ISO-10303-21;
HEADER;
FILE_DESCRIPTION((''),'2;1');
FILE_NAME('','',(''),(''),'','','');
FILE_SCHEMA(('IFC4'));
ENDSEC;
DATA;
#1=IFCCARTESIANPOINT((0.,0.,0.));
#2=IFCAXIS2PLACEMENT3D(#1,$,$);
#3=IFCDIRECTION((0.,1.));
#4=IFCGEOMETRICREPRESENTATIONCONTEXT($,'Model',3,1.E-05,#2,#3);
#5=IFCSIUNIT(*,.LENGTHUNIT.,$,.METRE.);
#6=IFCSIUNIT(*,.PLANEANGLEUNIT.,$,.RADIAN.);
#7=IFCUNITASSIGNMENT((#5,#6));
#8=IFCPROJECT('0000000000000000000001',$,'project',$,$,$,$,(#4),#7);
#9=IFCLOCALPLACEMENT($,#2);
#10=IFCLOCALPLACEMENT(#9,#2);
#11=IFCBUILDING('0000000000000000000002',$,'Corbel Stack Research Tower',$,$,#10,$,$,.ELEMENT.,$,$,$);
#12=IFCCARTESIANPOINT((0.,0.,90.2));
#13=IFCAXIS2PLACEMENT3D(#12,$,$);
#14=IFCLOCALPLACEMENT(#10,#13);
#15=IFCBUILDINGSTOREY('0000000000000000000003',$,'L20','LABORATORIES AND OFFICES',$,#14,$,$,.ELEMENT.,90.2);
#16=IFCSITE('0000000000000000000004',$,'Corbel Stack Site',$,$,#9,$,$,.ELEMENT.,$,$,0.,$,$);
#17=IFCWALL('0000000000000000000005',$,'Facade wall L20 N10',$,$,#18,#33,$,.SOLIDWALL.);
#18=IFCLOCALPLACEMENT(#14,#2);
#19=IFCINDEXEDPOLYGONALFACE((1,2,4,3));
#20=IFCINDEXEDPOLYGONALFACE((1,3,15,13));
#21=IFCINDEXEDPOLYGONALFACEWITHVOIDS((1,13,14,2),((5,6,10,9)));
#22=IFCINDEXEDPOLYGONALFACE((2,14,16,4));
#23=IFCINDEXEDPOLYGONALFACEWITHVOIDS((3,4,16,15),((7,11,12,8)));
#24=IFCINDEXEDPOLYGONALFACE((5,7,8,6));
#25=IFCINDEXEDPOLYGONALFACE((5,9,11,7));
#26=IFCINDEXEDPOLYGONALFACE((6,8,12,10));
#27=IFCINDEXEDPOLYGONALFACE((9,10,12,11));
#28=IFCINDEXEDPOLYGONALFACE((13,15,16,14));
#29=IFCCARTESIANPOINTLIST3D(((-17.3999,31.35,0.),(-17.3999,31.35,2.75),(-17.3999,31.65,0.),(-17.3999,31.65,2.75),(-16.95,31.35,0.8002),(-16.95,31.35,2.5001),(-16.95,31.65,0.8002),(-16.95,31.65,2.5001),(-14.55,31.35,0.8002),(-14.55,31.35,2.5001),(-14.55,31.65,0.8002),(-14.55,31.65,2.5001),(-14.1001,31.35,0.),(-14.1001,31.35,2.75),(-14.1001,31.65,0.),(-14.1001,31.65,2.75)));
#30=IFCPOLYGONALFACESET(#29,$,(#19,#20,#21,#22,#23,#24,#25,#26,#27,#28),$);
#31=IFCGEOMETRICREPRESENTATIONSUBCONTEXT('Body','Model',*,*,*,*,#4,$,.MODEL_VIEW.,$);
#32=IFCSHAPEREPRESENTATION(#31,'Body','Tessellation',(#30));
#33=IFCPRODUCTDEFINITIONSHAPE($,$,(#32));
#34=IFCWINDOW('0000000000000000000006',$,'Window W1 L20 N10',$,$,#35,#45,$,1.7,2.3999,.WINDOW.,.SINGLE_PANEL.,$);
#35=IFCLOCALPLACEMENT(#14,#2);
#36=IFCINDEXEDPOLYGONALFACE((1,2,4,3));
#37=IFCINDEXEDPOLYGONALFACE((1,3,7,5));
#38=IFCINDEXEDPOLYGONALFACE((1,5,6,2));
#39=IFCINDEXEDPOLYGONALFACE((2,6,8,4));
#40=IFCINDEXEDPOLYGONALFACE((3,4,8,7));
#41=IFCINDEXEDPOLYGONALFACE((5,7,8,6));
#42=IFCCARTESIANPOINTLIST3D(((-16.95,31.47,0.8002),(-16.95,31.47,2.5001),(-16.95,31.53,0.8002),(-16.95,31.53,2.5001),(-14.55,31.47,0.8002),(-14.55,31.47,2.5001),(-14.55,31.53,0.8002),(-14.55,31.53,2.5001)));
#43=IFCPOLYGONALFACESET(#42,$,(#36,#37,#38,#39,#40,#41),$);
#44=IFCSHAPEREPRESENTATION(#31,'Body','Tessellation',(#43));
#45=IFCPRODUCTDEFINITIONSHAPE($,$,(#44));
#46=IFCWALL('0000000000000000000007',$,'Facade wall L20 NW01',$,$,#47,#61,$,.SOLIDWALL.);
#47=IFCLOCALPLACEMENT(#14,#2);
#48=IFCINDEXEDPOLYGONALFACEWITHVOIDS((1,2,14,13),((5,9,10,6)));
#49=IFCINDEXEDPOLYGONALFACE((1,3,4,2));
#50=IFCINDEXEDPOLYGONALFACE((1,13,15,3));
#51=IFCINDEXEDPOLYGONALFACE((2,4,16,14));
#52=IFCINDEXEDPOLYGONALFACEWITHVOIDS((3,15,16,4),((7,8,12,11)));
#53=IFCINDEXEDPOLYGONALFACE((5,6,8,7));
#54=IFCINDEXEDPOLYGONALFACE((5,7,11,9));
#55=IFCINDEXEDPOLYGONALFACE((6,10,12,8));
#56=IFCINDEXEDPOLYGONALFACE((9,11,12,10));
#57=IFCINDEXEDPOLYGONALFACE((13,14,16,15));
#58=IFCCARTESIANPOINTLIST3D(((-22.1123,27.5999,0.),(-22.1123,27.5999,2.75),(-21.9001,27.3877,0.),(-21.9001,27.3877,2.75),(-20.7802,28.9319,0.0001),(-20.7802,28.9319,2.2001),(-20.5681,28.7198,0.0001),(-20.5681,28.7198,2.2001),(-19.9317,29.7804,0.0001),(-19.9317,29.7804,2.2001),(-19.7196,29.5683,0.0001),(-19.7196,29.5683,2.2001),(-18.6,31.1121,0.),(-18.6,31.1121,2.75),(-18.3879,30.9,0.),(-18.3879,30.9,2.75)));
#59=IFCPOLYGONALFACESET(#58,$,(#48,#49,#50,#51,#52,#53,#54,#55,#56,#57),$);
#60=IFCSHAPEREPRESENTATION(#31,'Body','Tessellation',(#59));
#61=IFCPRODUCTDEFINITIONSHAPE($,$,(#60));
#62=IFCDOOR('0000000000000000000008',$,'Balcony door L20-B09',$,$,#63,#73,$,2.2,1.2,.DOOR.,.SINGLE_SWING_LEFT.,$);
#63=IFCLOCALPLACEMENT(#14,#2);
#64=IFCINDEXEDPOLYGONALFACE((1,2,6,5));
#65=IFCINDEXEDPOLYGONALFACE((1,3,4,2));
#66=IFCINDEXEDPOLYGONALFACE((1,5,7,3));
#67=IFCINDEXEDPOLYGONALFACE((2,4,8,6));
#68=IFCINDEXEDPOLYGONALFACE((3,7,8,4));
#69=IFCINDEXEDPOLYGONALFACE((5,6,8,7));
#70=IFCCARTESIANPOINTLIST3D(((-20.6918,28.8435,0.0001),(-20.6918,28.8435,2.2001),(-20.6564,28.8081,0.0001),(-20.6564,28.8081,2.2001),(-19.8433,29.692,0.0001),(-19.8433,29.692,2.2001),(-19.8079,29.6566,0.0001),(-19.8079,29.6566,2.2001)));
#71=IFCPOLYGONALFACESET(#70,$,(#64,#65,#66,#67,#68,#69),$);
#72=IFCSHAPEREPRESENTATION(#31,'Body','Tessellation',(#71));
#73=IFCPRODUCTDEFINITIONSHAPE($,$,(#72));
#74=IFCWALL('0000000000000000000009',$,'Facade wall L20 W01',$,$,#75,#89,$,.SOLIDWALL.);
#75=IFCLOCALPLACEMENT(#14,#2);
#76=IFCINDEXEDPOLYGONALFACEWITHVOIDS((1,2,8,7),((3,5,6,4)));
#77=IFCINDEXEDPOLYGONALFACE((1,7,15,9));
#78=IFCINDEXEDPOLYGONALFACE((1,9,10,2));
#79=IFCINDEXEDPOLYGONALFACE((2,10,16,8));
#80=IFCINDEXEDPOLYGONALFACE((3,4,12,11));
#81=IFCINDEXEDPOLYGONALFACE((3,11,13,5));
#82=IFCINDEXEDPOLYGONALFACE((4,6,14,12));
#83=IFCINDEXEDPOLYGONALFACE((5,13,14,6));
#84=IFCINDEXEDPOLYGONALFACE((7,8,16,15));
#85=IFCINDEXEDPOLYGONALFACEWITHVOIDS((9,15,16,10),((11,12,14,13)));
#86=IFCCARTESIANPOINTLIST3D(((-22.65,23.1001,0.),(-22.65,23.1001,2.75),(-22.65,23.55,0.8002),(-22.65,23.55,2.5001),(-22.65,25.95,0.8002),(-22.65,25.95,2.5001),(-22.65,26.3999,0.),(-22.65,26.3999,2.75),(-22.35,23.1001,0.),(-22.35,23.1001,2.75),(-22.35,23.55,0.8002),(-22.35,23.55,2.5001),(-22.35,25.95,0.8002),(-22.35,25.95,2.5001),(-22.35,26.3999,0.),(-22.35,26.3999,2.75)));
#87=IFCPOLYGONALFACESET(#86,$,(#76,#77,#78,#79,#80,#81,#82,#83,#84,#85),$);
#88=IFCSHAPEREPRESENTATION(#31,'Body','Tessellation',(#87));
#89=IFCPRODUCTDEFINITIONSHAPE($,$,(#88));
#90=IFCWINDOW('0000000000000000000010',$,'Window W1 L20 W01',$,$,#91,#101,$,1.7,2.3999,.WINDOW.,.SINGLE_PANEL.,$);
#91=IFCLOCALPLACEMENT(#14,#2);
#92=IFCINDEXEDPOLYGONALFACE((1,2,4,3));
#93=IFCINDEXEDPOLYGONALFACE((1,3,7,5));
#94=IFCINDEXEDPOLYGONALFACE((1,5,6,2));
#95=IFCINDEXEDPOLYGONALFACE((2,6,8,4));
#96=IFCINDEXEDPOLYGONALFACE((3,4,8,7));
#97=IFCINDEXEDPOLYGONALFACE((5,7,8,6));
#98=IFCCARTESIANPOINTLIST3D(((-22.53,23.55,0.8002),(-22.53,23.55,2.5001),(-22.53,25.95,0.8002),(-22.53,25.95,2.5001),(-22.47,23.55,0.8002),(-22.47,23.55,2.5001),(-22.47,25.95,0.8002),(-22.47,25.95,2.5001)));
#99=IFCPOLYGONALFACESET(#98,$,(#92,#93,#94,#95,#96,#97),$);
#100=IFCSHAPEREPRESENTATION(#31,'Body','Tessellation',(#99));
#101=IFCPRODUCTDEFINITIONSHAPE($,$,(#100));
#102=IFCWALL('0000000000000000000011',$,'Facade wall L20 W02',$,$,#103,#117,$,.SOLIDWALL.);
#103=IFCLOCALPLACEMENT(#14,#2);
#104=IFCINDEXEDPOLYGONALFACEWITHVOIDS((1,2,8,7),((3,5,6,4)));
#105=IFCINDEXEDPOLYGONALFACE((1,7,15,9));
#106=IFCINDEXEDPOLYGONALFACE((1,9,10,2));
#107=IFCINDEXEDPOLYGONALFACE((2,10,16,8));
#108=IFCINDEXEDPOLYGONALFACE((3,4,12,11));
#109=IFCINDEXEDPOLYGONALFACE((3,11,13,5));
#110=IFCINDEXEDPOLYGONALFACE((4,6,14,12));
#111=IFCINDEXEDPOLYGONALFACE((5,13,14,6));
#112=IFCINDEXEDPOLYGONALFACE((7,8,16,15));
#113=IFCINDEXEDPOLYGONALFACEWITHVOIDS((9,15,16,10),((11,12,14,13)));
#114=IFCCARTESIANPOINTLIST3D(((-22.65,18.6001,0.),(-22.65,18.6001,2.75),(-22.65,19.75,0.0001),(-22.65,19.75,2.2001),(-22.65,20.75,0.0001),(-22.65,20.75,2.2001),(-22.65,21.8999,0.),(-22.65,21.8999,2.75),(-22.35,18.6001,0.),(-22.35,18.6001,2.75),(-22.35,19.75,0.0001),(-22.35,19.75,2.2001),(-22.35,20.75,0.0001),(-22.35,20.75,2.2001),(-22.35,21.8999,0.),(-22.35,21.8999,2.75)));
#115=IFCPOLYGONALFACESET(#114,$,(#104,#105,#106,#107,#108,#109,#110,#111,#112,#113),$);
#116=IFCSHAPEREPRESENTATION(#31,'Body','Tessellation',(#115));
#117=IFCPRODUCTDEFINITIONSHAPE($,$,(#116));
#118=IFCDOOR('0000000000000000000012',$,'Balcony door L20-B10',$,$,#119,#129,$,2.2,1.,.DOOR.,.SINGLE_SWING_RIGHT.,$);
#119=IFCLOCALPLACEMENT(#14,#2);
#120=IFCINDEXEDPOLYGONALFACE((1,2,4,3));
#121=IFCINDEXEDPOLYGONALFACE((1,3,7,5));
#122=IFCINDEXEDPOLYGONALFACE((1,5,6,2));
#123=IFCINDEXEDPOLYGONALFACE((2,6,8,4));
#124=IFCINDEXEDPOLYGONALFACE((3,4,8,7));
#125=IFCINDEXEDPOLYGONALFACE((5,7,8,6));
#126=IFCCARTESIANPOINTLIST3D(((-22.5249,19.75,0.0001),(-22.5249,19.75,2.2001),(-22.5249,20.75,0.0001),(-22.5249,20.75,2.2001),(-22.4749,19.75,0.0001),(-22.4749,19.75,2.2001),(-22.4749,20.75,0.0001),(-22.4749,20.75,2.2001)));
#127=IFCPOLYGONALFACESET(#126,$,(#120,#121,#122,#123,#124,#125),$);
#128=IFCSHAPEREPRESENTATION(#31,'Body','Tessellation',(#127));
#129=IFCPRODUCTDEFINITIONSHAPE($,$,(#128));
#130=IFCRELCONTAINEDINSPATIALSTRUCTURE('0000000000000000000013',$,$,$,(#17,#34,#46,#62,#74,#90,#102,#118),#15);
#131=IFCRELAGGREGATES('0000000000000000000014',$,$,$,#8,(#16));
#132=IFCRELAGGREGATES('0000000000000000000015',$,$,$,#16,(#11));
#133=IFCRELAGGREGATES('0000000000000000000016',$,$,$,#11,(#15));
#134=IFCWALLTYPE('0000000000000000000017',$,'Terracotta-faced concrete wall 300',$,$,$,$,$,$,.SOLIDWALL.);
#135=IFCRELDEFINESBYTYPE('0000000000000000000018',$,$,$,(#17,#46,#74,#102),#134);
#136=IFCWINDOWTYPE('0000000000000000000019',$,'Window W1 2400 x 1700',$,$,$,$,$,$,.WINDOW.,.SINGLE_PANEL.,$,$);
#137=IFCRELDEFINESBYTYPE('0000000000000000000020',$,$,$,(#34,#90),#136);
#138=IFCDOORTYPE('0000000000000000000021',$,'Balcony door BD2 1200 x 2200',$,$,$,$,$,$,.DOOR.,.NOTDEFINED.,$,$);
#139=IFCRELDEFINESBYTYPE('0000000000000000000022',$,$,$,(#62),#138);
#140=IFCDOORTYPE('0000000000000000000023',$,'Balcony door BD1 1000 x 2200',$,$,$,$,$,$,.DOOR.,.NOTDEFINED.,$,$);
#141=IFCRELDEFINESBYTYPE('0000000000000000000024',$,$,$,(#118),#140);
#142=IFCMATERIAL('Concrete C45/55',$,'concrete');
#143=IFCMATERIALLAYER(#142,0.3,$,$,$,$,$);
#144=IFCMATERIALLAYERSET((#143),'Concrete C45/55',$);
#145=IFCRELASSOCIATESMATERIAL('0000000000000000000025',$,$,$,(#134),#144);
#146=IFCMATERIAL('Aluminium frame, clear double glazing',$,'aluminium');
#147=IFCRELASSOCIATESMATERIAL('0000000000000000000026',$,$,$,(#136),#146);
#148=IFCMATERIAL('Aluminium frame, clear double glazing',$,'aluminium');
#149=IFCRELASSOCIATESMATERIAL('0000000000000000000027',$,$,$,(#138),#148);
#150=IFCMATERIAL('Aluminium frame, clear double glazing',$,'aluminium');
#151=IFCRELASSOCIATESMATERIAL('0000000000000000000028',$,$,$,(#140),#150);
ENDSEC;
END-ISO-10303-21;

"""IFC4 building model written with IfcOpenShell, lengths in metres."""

from ifc_helpers import new_model, si_unit, direction, frame, frame_2d, origin, place, context, subcontext, project, spatial, rectangle, extrude, material, layer, layer_set, type_object, element, fill, save


model = new_model("IFC4")

# Units and contexts
model_context = context("Model", 3, precision=1e-05, world=origin(), true_north=direction((0.0, 1.0)))
body_context = subcontext(model_context, "Body", "Model", "MODEL_VIEW")
ifc_project = project(units=[si_unit("LENGTHUNIT", "METRE"), si_unit("PLANEANGLEUNIT", "RADIAN")], contexts=[model_context])

# Site, building, storey
site_placement = place(None, origin())
site = spatial("IfcSite", under=ifc_project, at=site_placement, Name="Corbel Stack Site", CompositionType="ELEMENT", RefElevation=0.0)
building_placement = place(site_placement, origin())
building = spatial("IfcBuilding", under=site, at=building_placement, Name="Corbel Stack Research Tower", CompositionType="ELEMENT")
storey_placement = place(building_placement, frame((0.0, 0.0, 90.2)))
storey = spatial("IfcBuildingStorey", under=building, at=storey_placement, Name="L20", Description="LABORATORIES AND OFFICES", CompositionType="ELEMENT", Elevation=90.2)

# Wall, opening, window
ifc_material_1 = material(Name="Concrete C45/55", Category="concrete")
ifc_layer_1 = layer(ifc_material_1, 0.3)
ifc_layer_set_1 = layer_set([ifc_layer_1], Name="Concrete C45/55")
wall_type_1 = type_object("IfcWallType", Name="Terracotta-faced concrete wall 300", PredefinedType="SOLIDWALL", material=ifc_layer_set_1)
wall_1_placement = place(storey_placement, frame((-17.3999, 31.5, 0.0), z_axis=(0.0, 0.0, 1.0), x_axis=(1.0, 0.0, 0.0)))
wall_1 = element("IfcWall", 1, at=wall_1_placement, inside=storey, type_object=wall_type_1, Name="Facade wall L20 N10", PredefinedType="SOLIDWALL", context=body_context, shape_type="SweptSolid", body=[
    extrude(rectangle(XDim=3.2998, YDim=0.3, at=frame_2d((1.6499, 0.0))), origin(), (0.0, 0.0, 1.0), 2.75),
])
opening_1_placement = place(wall_1_placement, frame((0.45, 0.0, 0.8)))
opening_1 = element("IfcOpeningElement", 2, at=opening_1_placement, cuts=wall_1, PredefinedType="OPENING", context=body_context, shape_type="SweptSolid", body=[
    extrude(rectangle(XDim=2.3999, YDim=1.7, at=frame_2d((1.2, 0.8501))), frame((0.0, 0.1599, 0.0), z_axis=(0.0, -1.0, 0.0), x_axis=(1.0, 0.0, 0.0)), (0.0, 0.0, 1.0), 0.3201),
])
ifc_material_2 = material(Name="Aluminium frame, clear double glazing", Category="aluminium")
window_type = type_object("IfcWindowType", Name="Window W1 2400 x 1700", PartitioningType="SINGLE_PANEL", PredefinedType="WINDOW", material=ifc_material_2)
window_1_placement = place(opening_1_placement, origin())
window_1 = element("IfcWindow", 3, at=window_1_placement, inside=storey, type_object=window_type, Name="Window W1 L20 N10", OverallHeight=1.7, OverallWidth=2.3999, PartitioningType="SINGLE_PANEL", PredefinedType="WINDOW", context=body_context, shape_type="SweptSolid", body=[
    extrude(rectangle(XDim=2.3999, YDim=1.7, at=frame_2d((1.2, 0.8501))), frame((0.0, 0.03, 0.0), z_axis=(0.0, -1.0, 0.0), x_axis=(1.0, 0.0, 0.0)), (0.0, 0.0, 1.0), 0.0601),
])
fill(opening_1, window_1)

# Wall, opening, door
wall_2_placement = place(storey_placement, frame((-22.0061, 27.4939, 0.0), z_axis=(0.0, 0.0, 1.0), x_axis=(0.707107, 0.707107, 0.0)))
wall_2 = element("IfcWall", 4, at=wall_2_placement, inside=storey, type_object=wall_type_1, Name="Facade wall L20 NW01", PredefinedType="SOLIDWALL", context=body_context, shape_type="SweptSolid", body=[
    extrude(rectangle(XDim=4.967, YDim=0.3, at=frame_2d((2.4834, 0.0))), origin(), (0.0, 0.0, 1.0), 2.75),
])
opening_2_placement = place(wall_2_placement, frame((1.8835, 0.0, 0.0)))
opening_2 = element("IfcOpeningElement", 5, at=opening_2_placement, cuts=wall_2, PredefinedType="OPENING", context=body_context, shape_type="SweptSolid", body=[
    extrude(rectangle(XDim=1.2, YDim=2.2, at=frame_2d((0.6001, 1.1001))), frame((0.0, 0.1599, 0.0), z_axis=(0.0, -1.0, 0.0), x_axis=(1.0, 0.0, 0.0)), (0.0, 0.0, 1.0), 0.3201),
])
ifc_material_3 = material(Name="Aluminium frame, clear double glazing", Category="aluminium")
door_type_1 = type_object("IfcDoorType", Name="Balcony door BD2 1200 x 2200", OperationType="NOTDEFINED", PredefinedType="DOOR", material=ifc_material_3)
door_1_placement = place(opening_2_placement, origin())
door_1 = element("IfcDoor", 6, at=door_1_placement, inside=storey, type_object=door_type_1, Name="Balcony door L20-B09", OperationType="SINGLE_SWING_LEFT", OverallHeight=2.2, OverallWidth=1.2, PredefinedType="DOOR", context=body_context, shape_type="SweptSolid", body=[
    extrude(rectangle(XDim=1.2, YDim=2.2, at=frame_2d((0.6001, 1.1001))), frame((0.0, 0.0249, 0.0), z_axis=(0.0, -1.0, 0.0), x_axis=(1.0, 0.0, 0.0)), (0.0, 0.0, 1.0), 0.05),
])
fill(opening_2, door_1)

# Wall, opening, window
wall_3_placement = place(storey_placement, frame((-22.5, 23.1001, 0.0), z_axis=(0.0, 0.0, 1.0), x_axis=(0.0, 1.0, 0.0)))
wall_3 = element("IfcWall", 7, at=wall_3_placement, inside=storey, type_object=wall_type_1, Name="Facade wall L20 W01", PredefinedType="SOLIDWALL", context=body_context, shape_type="SweptSolid", body=[
    extrude(rectangle(XDim=3.2998, YDim=0.3, at=frame_2d((1.6499, 0.0))), origin(), (0.0, 0.0, 1.0), 2.75),
])
opening_3_placement = place(wall_3_placement, frame((0.45, 0.0, 0.8)))
opening_3 = element("IfcOpeningElement", 8, at=opening_3_placement, cuts=wall_3, PredefinedType="OPENING", context=body_context, shape_type="SweptSolid", body=[
    extrude(rectangle(XDim=2.3999, YDim=1.7, at=frame_2d((1.2, 0.8501))), frame((0.0, 0.1599, 0.0), z_axis=(0.0, -1.0, 0.0), x_axis=(1.0, 0.0, 0.0)), (0.0, 0.0, 1.0), 0.3201),
])
window_2_placement = place(opening_3_placement, origin())
window_2 = element("IfcWindow", 9, at=window_2_placement, inside=storey, type_object=window_type, Name="Window W1 L20 W01", OverallHeight=1.7, OverallWidth=2.3999, PartitioningType="SINGLE_PANEL", PredefinedType="WINDOW", context=body_context, shape_type="SweptSolid", body=[
    extrude(rectangle(XDim=2.3999, YDim=1.7, at=frame_2d((1.2, 0.8501))), frame((0.0, 0.03, 0.0), z_axis=(0.0, -1.0, 0.0), x_axis=(1.0, 0.0, 0.0)), (0.0, 0.0, 1.0), 0.0601),
])
fill(opening_3, window_2)

# Wall, opening, door
wall_4_placement = place(storey_placement, frame((-22.5, 18.6001, 0.0), z_axis=(0.0, 0.0, 1.0), x_axis=(0.0, 1.0, 0.0)))
wall_4 = element("IfcWall", 10, at=wall_4_placement, inside=storey, type_object=wall_type_1, Name="Facade wall L20 W02", PredefinedType="SOLIDWALL", context=body_context, shape_type="SweptSolid", body=[
    extrude(rectangle(XDim=3.2998, YDim=0.3, at=frame_2d((1.6499, 0.0))), origin(), (0.0, 0.0, 1.0), 2.75),
])
opening_4_placement = place(wall_4_placement, frame((1.1499, 0.0, 0.0)))
opening_4 = element("IfcOpeningElement", 11, at=opening_4_placement, cuts=wall_4, PredefinedType="OPENING", context=body_context, shape_type="SweptSolid", body=[
    extrude(rectangle(XDim=1.0, YDim=2.2, at=frame_2d((0.5, 1.1001))), frame((0.0, 0.1599, 0.0), z_axis=(0.0, -1.0, 0.0), x_axis=(1.0, 0.0, 0.0)), (0.0, 0.0, 1.0), 0.3201),
])
ifc_material_4 = material(Name="Aluminium frame, clear double glazing", Category="aluminium")
door_type_2 = type_object("IfcDoorType", Name="Balcony door BD1 1000 x 2200", OperationType="NOTDEFINED", PredefinedType="DOOR", material=ifc_material_4)
door_2_placement = place(opening_4_placement, origin())
door_2 = element("IfcDoor", 12, at=door_2_placement, inside=storey, type_object=door_type_2, Name="Balcony door L20-B10", OperationType="SINGLE_SWING_RIGHT", OverallHeight=2.2, OverallWidth=1.0, PredefinedType="DOOR", context=body_context, shape_type="SweptSolid", body=[
    extrude(rectangle(XDim=1.0, YDim=2.2, at=frame_2d((0.5, 1.1001))), frame((0.0, 0.0249, 0.0), z_axis=(0.0, -1.0, 0.0), x_axis=(1.0, 0.0, 0.0)), (0.0, 0.0, 1.0), 0.05),
])
fill(opening_4, door_2)

save(model, "model.ifc")
